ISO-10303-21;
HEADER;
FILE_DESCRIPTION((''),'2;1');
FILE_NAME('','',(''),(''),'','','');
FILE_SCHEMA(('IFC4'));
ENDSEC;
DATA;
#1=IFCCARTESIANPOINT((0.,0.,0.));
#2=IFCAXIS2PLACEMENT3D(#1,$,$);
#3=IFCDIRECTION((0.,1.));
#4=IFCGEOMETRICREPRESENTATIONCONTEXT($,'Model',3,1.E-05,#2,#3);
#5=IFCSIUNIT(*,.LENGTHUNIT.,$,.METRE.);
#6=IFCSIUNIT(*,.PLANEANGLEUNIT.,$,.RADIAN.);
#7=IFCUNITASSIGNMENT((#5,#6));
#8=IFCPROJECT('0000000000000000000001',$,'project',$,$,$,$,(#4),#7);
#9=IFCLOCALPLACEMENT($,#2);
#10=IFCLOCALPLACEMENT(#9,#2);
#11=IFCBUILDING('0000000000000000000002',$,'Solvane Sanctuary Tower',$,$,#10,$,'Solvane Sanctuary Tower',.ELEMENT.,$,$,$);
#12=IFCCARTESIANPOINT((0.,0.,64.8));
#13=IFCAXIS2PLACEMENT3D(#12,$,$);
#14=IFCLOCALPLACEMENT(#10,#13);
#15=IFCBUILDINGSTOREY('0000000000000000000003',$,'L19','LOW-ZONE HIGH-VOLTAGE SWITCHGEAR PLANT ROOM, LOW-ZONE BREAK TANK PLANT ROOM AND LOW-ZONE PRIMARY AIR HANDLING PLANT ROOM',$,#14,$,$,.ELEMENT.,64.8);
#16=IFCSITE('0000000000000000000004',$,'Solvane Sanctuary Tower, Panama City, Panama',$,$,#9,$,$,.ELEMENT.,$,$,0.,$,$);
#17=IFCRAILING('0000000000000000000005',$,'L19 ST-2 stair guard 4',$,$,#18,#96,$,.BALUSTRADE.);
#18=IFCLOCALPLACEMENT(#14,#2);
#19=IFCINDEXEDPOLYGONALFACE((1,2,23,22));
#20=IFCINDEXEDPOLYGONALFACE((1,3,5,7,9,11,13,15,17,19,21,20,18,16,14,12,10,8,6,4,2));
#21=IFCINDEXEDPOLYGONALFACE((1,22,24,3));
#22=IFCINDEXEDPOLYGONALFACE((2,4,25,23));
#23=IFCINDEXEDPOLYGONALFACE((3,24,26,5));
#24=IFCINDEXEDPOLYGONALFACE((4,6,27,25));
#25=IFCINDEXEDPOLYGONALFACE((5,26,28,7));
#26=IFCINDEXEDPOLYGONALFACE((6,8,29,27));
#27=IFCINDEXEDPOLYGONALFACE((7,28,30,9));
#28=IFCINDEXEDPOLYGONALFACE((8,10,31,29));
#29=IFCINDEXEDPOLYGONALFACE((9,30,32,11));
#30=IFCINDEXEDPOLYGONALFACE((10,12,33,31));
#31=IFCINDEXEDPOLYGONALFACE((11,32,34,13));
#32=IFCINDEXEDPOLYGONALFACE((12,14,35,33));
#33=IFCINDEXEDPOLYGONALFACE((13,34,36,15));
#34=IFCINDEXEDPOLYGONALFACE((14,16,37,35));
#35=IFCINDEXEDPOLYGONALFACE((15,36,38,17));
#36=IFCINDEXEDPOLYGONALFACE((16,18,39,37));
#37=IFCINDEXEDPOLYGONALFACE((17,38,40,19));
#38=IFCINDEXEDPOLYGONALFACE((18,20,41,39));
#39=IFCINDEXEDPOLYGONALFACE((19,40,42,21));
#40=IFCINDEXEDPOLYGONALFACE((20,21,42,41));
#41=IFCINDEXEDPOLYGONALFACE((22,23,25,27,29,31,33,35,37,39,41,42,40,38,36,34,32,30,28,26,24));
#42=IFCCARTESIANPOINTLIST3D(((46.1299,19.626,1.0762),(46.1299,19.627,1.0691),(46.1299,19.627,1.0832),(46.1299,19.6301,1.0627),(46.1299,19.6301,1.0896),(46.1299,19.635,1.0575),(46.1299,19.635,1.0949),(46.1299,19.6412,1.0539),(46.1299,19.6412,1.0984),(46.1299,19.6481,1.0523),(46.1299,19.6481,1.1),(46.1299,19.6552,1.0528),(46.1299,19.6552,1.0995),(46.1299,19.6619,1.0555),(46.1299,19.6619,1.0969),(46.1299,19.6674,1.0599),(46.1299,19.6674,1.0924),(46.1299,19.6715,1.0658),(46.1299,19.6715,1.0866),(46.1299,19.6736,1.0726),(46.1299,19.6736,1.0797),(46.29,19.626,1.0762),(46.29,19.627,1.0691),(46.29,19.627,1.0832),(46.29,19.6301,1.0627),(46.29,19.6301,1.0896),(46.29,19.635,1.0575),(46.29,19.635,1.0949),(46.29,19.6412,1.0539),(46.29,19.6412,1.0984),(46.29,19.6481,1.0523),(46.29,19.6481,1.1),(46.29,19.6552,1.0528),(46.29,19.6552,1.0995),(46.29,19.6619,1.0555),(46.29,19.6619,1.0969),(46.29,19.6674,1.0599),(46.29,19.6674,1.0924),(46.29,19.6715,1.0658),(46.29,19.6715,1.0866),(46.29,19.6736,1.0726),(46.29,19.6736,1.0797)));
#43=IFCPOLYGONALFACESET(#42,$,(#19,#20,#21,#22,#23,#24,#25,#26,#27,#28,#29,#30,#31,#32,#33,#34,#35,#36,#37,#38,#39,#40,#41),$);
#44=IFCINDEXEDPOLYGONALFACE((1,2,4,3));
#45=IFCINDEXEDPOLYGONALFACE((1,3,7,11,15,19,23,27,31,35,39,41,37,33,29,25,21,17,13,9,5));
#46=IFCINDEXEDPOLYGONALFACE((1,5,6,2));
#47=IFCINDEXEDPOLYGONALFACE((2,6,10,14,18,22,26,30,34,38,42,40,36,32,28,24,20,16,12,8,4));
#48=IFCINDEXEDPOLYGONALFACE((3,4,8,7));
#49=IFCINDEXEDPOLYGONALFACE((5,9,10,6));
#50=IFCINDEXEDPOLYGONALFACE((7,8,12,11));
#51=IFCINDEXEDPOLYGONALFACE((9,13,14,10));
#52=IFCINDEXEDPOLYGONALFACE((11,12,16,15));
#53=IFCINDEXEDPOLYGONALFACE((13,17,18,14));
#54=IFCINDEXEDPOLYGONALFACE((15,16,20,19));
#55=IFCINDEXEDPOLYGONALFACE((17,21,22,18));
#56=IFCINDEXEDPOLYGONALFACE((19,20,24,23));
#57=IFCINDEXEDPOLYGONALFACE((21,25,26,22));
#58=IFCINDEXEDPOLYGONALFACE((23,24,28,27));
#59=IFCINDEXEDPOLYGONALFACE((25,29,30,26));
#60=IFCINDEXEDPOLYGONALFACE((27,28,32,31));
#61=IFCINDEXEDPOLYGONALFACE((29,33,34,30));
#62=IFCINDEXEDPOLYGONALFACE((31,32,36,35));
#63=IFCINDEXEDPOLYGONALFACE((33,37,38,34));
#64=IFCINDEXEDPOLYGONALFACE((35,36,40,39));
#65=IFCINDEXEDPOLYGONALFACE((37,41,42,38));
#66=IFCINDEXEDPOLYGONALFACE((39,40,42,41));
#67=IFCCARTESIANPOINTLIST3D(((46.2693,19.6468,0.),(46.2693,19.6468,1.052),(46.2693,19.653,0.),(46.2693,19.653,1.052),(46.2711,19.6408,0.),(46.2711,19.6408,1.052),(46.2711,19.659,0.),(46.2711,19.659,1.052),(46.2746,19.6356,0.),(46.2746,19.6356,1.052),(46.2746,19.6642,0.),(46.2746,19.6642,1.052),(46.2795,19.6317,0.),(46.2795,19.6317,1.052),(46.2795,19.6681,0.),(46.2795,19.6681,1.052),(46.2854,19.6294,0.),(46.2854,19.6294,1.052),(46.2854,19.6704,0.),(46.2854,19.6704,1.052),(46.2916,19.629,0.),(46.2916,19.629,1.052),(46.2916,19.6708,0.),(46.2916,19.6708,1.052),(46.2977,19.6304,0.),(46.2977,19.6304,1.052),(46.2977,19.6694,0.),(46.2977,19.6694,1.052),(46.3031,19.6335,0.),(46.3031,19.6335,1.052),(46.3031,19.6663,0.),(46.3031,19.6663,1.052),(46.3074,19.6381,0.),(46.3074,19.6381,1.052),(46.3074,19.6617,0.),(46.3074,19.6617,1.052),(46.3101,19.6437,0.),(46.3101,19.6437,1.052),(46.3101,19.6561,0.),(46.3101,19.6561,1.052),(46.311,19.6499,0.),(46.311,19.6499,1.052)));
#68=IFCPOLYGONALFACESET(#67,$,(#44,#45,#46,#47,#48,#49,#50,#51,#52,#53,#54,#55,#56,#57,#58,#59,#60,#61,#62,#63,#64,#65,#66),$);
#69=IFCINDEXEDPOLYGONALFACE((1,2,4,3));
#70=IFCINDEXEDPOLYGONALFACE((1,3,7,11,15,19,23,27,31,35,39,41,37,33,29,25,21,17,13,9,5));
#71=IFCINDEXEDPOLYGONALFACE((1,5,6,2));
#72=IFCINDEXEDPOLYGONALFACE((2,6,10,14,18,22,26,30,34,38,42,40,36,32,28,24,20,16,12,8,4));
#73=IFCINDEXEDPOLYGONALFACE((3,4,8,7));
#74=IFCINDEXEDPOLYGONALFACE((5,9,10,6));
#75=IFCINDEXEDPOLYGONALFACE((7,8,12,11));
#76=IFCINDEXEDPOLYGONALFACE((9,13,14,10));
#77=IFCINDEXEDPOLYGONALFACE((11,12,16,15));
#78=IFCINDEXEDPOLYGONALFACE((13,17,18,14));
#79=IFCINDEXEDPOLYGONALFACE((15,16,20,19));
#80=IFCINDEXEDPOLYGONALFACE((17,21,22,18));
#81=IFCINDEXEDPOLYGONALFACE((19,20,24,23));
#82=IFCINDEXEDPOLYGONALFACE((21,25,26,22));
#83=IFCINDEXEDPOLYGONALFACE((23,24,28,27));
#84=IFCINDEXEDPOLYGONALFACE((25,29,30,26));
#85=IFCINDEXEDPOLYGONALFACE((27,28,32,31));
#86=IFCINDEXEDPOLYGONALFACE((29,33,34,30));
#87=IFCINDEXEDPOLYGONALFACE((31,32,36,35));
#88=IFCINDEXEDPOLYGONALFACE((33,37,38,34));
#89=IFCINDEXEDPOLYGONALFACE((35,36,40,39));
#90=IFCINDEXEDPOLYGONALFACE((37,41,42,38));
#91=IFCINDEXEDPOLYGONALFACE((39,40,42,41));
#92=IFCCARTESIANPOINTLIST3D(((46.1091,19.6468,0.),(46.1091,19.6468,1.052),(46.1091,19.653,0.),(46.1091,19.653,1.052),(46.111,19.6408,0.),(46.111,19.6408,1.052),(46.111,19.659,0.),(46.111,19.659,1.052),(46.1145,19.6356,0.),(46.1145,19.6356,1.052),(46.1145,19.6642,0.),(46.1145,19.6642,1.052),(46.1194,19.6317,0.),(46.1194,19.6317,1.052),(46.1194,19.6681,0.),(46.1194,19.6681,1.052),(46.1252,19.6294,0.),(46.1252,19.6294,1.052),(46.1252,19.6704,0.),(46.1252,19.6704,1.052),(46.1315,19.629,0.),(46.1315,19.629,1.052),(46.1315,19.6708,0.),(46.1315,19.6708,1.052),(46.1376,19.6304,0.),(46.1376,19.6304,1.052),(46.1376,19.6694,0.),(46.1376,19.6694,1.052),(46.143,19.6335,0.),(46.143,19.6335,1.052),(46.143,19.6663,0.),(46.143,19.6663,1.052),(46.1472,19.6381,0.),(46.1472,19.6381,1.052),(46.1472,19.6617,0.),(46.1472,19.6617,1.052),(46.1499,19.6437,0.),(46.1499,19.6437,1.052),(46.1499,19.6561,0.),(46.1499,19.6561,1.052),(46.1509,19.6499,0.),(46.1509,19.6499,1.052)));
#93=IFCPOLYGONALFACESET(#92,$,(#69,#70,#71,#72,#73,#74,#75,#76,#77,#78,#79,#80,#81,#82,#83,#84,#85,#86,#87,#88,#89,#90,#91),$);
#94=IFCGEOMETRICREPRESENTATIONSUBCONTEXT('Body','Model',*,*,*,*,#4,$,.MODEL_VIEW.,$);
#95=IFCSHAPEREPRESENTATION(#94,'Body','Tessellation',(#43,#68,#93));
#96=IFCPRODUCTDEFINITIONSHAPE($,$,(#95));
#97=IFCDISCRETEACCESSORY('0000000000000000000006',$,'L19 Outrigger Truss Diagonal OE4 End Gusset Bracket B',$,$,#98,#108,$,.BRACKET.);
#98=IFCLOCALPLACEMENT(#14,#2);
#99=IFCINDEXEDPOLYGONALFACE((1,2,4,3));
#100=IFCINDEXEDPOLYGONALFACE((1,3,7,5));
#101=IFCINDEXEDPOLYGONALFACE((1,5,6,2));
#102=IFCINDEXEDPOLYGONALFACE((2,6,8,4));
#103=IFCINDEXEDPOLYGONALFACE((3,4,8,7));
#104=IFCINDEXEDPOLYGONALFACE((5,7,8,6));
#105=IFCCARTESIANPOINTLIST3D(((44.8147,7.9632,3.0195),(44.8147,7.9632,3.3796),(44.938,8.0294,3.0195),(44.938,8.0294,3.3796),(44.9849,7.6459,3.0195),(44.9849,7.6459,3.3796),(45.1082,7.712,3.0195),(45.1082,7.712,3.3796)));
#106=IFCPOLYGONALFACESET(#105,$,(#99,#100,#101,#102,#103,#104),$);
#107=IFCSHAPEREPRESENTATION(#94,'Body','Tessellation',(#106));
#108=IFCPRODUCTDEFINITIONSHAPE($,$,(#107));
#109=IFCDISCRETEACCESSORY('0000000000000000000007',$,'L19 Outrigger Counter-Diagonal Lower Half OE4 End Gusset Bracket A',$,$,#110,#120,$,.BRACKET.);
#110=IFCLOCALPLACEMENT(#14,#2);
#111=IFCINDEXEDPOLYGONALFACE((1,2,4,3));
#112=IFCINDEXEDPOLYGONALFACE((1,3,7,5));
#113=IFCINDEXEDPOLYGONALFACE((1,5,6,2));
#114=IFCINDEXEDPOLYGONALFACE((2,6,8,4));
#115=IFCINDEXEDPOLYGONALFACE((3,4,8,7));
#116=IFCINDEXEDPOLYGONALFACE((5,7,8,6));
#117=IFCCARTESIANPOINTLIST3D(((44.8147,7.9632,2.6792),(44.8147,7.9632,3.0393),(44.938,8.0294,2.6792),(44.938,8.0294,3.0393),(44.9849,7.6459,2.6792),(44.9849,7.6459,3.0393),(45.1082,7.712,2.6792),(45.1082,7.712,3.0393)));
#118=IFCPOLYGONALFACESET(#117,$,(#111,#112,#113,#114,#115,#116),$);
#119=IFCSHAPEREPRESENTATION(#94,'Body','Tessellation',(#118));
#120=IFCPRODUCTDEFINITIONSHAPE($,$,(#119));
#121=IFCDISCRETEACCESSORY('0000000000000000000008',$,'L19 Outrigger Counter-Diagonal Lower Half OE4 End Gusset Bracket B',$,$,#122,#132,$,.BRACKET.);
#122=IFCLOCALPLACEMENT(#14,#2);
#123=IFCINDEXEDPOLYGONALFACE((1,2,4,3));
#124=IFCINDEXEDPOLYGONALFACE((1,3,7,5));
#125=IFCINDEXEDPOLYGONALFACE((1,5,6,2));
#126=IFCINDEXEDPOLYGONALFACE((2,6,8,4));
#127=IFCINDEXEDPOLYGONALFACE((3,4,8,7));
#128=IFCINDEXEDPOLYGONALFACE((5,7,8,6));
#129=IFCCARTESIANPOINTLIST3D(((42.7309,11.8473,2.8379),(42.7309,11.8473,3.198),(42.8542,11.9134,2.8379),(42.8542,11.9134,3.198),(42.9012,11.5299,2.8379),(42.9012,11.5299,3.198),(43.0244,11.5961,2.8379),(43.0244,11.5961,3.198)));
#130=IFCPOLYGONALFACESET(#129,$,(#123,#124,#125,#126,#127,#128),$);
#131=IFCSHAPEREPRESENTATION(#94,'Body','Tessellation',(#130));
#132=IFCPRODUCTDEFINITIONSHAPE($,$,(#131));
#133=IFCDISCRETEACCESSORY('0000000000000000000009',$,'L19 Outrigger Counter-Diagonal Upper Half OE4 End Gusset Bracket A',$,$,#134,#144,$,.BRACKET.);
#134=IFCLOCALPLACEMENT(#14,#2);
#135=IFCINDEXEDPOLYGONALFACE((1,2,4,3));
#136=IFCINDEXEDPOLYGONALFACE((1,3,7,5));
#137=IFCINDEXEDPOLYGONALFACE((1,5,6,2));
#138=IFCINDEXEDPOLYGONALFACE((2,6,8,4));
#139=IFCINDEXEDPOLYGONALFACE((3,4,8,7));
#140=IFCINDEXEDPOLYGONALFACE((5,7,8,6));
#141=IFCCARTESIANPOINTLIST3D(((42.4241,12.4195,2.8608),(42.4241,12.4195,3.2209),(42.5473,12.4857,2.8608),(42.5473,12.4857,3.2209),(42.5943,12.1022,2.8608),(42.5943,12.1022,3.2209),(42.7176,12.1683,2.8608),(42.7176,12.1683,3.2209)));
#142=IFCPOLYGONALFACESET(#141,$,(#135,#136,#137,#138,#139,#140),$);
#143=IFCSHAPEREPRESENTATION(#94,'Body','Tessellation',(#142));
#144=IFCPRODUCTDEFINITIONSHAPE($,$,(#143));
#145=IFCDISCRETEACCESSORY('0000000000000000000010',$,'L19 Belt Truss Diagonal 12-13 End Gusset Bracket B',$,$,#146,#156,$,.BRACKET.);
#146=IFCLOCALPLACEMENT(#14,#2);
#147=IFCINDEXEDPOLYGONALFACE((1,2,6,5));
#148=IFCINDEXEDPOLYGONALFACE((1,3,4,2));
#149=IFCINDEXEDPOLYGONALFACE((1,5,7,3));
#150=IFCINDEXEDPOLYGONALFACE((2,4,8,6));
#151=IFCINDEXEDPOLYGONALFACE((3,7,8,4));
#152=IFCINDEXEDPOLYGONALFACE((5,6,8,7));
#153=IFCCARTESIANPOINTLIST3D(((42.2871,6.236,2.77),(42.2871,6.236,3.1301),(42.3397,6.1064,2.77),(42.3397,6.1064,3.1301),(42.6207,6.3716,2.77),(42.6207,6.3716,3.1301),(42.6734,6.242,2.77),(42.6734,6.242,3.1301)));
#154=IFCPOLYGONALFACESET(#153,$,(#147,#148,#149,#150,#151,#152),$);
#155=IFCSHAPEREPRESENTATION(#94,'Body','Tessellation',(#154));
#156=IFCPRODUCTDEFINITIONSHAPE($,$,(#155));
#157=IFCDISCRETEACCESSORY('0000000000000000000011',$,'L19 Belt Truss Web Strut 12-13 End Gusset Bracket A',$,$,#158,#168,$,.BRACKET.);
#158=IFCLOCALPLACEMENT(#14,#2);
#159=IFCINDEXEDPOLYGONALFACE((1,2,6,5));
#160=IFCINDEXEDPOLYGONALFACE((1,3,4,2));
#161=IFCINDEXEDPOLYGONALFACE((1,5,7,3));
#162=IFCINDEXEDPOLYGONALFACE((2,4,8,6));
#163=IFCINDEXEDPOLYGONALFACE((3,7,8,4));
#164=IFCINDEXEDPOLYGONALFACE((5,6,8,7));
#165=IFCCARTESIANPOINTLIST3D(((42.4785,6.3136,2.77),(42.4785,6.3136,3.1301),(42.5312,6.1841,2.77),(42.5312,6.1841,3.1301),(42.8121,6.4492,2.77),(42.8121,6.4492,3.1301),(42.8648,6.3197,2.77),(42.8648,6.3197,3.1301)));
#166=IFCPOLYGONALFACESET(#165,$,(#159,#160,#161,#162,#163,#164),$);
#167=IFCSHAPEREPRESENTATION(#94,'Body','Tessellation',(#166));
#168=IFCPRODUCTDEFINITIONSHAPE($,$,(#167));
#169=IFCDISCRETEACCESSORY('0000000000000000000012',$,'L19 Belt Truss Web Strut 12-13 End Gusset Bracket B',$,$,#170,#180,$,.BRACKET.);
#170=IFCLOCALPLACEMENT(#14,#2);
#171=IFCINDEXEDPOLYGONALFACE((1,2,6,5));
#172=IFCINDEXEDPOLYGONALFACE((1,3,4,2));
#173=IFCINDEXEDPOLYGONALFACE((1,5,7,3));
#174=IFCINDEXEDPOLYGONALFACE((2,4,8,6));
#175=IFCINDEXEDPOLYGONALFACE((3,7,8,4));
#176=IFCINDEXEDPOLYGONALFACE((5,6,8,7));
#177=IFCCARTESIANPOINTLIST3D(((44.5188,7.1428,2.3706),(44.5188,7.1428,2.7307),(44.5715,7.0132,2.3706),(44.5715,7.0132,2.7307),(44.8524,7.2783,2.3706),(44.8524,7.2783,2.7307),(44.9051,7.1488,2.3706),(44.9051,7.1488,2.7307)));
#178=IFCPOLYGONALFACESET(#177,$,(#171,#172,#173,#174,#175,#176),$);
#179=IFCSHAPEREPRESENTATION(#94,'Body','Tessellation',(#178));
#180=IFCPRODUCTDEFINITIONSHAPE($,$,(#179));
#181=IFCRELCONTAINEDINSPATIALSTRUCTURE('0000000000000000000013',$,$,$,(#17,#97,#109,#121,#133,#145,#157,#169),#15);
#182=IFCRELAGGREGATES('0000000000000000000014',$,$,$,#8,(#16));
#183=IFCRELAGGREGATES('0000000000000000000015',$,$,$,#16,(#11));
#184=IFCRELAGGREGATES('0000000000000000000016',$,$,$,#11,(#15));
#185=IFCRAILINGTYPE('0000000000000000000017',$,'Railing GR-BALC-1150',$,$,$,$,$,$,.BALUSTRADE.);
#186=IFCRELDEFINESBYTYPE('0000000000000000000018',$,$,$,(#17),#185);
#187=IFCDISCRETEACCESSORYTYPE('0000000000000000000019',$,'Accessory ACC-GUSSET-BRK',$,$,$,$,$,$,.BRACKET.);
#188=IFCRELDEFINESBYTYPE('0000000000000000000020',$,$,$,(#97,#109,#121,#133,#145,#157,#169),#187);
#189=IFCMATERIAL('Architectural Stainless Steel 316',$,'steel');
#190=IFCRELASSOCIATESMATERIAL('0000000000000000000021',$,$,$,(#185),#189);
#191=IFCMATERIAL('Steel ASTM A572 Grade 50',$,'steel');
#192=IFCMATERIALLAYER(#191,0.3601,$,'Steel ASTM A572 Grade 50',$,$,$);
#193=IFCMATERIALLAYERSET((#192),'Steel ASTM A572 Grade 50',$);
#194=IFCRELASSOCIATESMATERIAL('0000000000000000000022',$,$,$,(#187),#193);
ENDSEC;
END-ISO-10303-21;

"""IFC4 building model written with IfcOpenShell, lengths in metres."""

from ifc_helpers import new_model, si_unit, direction, frame, origin, origin_2d, place, context, subcontext, project, spatial, rectangle, circle, extrude, material, layer, layer_set, type_object, element, save


model = new_model("IFC4")

# Units and contexts
model_context = context("Model", 3, precision=1e-05, world=origin(), true_north=direction((0.0, 1.0)))
body_context = subcontext(model_context, "Body", "Model", "MODEL_VIEW")
ifc_project = project(units=[si_unit("LENGTHUNIT", "METRE"), si_unit("PLANEANGLEUNIT", "RADIAN")], contexts=[model_context])

# Site, building, storey
site_placement = place(None, origin())
site = spatial("IfcSite", under=ifc_project, at=site_placement, Name="Solvane Sanctuary Tower, Panama City, Panama", CompositionType="ELEMENT", RefElevation=0.0)
building_placement = place(site_placement, origin())
building = spatial("IfcBuilding", under=site, at=building_placement, Name="Solvane Sanctuary Tower", LongName="Solvane Sanctuary Tower", CompositionType="ELEMENT")
storey_placement = place(building_placement, frame((0.0, 0.0, 64.8)))
storey = spatial("IfcBuildingStorey", under=building, at=storey_placement, Name="L19", Description="LOW-ZONE HIGH-VOLTAGE SWITCHGEAR PLANT ROOM, LOW-ZONE BREAK TANK PLANT ROOM AND LOW-ZONE PRIMARY AIR HANDLING PLANT ROOM", CompositionType="ELEMENT", Elevation=64.8)

# Shared definitions
ifc_material_1 = material(Name="Steel ASTM A572 Grade 50", Category="steel")

# Shared definitions
ifc_material_2 = material(Name="Architectural Stainless Steel 316", Category="steel")

# Railing
railing_type = type_object("IfcRailingType", Name="Railing GR-BALC-1150", PredefinedType="BALUSTRADE", material=ifc_material_2)
railing_placement = place(storey_placement, frame((46.29, 19.6499, 0.0)))
element("IfcRailing", 1, at=railing_placement, inside=storey, type_object=railing_type, Name="L19 ST-2 stair guard 4", PredefinedType="BALUSTRADE", context=body_context, shape_type="SweptSolid", body=[
    extrude(circle(Radius=0.0239, at=origin_2d()), frame((0.0, 0.0, 1.0762), z_axis=(-1.0, 0.0, 0.0), x_axis=(0.0, -1.0, 0.0)), (0.0, 0.0, 1.0), 0.1602),
    extrude(circle(Radius=0.021, at=origin_2d()), origin(), (0.0, 0.0, 1.0), 1.052),
    extrude(circle(Radius=0.021, at=origin_2d()), frame((-0.1602, 0.0, 0.0)), (0.0, 0.0, 1.0), 1.052),
])

# Discrete accessories
ifc_layer_1 = layer(ifc_material_1, 0.3601, Name="Steel ASTM A572 Grade 50")
ifc_layer_set_1 = layer_set([ifc_layer_1], Name="Steel ASTM A572 Grade 50")
discrete_accessory_type = type_object("IfcDiscreteAccessoryType", Name="Accessory ACC-GUSSET-BRK", PredefinedType="BRACKET", material=ifc_layer_set_1)
for number, where, z_axis, x_axis, name in (
    (2, (44.9614, 7.8376, 3.0195), (0.0, 0.0, 1.0), (0.472705, -0.881221, 0.0), "L19 Outrigger Truss Diagonal OE4 End Gusset Bracket B"),
    (3, (44.9614, 7.8376, 2.6792), (0.0, 0.0, 1.0), (-0.472705, 0.881221, 0.0), "L19 Outrigger Counter-Diagonal Lower Half OE4 End Gusset Bracket A"),
    (4, (42.8777, 11.7217, 2.8379), (0.0, 0.0, 1.0), (-0.472705, 0.881221, 0.0), "L19 Outrigger Counter-Diagonal Lower Half OE4 End Gusset Bracket B"),
    (5, (42.5708, 12.2939, 2.8608), (0.0, 0.0, 1.0), (-0.472705, 0.881221, 0.0), "L19 Outrigger Counter-Diagonal Upper Half OE4 End Gusset Bracket A"),
    (6, (42.4802, 6.239, 2.77), (0.0, 0.0, 1.0), (0.926463, 0.376386, 0.0), "L19 Belt Truss Diagonal 12-13 End Gusset Bracket B"),
    (7, (42.6716, 6.3167, 2.77), (0.0, 0.0, 1.0), (0.926397, 0.376548, 0.0), "L19 Belt Truss Web Strut 12-13 End Gusset Bracket A"),
    (8, (44.7119, 7.1458, 2.3706), (0.0, 0.0, 1.0), (0.926397, 0.376548, 0.0), "L19 Belt Truss Web Strut 12-13 End Gusset Bracket B"),
):
    element("IfcDiscreteAccessory", number, at=place(storey_placement, frame(where, z_axis=z_axis, x_axis=x_axis)), inside=storey, type_object=discrete_accessory_type, Name=name, PredefinedType="BRACKET", context=body_context, shape_type="SweptSolid", body=[
        extrude(rectangle(XDim=0.3601, YDim=0.1399, at=origin_2d()), origin(), (0.0, 0.0, 1.0), 0.3601),
    ])

save(model, "model.ifc")
